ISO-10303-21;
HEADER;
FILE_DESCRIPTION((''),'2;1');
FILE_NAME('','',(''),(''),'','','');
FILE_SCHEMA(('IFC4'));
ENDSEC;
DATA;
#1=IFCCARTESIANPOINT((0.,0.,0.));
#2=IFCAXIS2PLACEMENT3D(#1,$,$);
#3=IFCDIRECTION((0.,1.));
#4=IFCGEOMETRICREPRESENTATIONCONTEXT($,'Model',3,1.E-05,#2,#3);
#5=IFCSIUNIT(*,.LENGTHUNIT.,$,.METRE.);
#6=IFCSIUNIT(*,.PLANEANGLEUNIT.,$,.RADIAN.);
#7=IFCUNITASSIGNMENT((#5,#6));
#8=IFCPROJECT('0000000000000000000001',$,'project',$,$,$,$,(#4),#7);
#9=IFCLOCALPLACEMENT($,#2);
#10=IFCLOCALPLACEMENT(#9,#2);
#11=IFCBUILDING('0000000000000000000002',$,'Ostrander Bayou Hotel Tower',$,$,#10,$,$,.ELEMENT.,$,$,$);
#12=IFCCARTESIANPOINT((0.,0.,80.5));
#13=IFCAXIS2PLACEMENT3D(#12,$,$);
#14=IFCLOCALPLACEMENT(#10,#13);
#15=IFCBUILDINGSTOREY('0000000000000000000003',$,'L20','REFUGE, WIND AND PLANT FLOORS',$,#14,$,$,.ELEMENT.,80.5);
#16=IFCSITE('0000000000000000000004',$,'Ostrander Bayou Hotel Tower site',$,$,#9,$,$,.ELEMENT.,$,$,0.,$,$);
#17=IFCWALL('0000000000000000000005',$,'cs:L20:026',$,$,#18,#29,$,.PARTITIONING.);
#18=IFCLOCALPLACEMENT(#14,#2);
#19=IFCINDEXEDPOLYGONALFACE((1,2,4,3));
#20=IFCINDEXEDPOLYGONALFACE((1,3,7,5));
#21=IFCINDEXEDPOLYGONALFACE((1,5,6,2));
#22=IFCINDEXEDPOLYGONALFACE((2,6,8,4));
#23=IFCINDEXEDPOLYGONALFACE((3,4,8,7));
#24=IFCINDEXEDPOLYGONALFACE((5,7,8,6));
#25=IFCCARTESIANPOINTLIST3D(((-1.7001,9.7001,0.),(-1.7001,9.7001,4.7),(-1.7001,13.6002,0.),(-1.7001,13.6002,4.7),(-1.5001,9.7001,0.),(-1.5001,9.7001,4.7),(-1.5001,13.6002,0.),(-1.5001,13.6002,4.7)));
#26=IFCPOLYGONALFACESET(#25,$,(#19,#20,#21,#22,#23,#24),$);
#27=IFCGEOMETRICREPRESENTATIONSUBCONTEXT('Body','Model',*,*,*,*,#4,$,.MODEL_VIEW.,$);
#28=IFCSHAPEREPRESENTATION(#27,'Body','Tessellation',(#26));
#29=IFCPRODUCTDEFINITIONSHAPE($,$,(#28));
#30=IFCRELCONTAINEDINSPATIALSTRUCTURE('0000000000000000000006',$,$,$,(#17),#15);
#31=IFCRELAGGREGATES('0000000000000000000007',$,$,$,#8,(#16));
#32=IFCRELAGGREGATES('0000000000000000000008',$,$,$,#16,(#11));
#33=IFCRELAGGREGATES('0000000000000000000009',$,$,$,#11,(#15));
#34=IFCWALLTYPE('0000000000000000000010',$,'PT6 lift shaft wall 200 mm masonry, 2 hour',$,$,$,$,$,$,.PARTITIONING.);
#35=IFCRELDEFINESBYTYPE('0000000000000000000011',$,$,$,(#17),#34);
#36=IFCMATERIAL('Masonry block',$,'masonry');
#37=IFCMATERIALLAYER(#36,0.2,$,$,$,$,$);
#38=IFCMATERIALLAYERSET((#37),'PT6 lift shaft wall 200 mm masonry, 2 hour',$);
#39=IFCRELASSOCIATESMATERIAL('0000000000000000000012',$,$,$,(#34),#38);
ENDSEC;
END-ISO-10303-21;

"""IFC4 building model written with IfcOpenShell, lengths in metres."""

from ifc_helpers import new_model, si_unit, direction, frame, frame_2d, origin, place, context, subcontext, project, spatial, rectangle, extrude, material, layer, layer_set, type_object, element, save


model = new_model("IFC4")

# Units and contexts
model_context = context("Model", 3, precision=1e-05, world=origin(), true_north=direction((0.0, 1.0)))
body_context = subcontext(model_context, "Body", "Model", "MODEL_VIEW")
ifc_project = project(units=[si_unit("LENGTHUNIT", "METRE"), si_unit("PLANEANGLEUNIT", "RADIAN")], contexts=[model_context])

# Site, building, storey
site_placement = place(None, origin())
site = spatial("IfcSite", under=ifc_project, at=site_placement, Name="Ostrander Bayou Hotel Tower site", CompositionType="ELEMENT", RefElevation=0.0)
building_placement = place(site_placement, origin())
building = spatial("IfcBuilding", under=site, at=building_placement, Name="Ostrander Bayou Hotel Tower", CompositionType="ELEMENT")
storey_placement = place(building_placement, frame((0.0, 0.0, 80.5)))
storey = spatial("IfcBuildingStorey", under=building, at=storey_placement, Name="L20", Description="REFUGE, WIND AND PLANT FLOORS", CompositionType="ELEMENT", Elevation=80.5)

# Wall
ifc_material_1 = material(Name="Masonry block", Category="masonry")
ifc_layer_1 = layer(ifc_material_1, 0.2)
ifc_layer_set_1 = layer_set([ifc_layer_1], Name="PT6 lift shaft wall 200 mm masonry, 2 hour")
wall_type_1 = type_object("IfcWallType", Name="PT6 lift shaft wall 200 mm masonry, 2 hour", PredefinedType="PARTITIONING", material=ifc_layer_set_1)
wall_1_placement = place(storey_placement, frame((-1.6001, 9.7, 0.0), z_axis=(0.0, 0.0, 1.0), x_axis=(0.0, 1.0, 0.0)))
element("IfcWall", 1, at=wall_1_placement, inside=storey, type_object=wall_type_1, Name="cs:L20:026", PredefinedType="PARTITIONING", context=body_context, shape_type="SweptSolid", body=[
    extrude(rectangle(XDim=3.9001, YDim=0.2, at=frame_2d((1.9502, 0.0))), origin(), (0.0, 0.0, 1.0), 4.7),
])

save(model, "model.ifc")
